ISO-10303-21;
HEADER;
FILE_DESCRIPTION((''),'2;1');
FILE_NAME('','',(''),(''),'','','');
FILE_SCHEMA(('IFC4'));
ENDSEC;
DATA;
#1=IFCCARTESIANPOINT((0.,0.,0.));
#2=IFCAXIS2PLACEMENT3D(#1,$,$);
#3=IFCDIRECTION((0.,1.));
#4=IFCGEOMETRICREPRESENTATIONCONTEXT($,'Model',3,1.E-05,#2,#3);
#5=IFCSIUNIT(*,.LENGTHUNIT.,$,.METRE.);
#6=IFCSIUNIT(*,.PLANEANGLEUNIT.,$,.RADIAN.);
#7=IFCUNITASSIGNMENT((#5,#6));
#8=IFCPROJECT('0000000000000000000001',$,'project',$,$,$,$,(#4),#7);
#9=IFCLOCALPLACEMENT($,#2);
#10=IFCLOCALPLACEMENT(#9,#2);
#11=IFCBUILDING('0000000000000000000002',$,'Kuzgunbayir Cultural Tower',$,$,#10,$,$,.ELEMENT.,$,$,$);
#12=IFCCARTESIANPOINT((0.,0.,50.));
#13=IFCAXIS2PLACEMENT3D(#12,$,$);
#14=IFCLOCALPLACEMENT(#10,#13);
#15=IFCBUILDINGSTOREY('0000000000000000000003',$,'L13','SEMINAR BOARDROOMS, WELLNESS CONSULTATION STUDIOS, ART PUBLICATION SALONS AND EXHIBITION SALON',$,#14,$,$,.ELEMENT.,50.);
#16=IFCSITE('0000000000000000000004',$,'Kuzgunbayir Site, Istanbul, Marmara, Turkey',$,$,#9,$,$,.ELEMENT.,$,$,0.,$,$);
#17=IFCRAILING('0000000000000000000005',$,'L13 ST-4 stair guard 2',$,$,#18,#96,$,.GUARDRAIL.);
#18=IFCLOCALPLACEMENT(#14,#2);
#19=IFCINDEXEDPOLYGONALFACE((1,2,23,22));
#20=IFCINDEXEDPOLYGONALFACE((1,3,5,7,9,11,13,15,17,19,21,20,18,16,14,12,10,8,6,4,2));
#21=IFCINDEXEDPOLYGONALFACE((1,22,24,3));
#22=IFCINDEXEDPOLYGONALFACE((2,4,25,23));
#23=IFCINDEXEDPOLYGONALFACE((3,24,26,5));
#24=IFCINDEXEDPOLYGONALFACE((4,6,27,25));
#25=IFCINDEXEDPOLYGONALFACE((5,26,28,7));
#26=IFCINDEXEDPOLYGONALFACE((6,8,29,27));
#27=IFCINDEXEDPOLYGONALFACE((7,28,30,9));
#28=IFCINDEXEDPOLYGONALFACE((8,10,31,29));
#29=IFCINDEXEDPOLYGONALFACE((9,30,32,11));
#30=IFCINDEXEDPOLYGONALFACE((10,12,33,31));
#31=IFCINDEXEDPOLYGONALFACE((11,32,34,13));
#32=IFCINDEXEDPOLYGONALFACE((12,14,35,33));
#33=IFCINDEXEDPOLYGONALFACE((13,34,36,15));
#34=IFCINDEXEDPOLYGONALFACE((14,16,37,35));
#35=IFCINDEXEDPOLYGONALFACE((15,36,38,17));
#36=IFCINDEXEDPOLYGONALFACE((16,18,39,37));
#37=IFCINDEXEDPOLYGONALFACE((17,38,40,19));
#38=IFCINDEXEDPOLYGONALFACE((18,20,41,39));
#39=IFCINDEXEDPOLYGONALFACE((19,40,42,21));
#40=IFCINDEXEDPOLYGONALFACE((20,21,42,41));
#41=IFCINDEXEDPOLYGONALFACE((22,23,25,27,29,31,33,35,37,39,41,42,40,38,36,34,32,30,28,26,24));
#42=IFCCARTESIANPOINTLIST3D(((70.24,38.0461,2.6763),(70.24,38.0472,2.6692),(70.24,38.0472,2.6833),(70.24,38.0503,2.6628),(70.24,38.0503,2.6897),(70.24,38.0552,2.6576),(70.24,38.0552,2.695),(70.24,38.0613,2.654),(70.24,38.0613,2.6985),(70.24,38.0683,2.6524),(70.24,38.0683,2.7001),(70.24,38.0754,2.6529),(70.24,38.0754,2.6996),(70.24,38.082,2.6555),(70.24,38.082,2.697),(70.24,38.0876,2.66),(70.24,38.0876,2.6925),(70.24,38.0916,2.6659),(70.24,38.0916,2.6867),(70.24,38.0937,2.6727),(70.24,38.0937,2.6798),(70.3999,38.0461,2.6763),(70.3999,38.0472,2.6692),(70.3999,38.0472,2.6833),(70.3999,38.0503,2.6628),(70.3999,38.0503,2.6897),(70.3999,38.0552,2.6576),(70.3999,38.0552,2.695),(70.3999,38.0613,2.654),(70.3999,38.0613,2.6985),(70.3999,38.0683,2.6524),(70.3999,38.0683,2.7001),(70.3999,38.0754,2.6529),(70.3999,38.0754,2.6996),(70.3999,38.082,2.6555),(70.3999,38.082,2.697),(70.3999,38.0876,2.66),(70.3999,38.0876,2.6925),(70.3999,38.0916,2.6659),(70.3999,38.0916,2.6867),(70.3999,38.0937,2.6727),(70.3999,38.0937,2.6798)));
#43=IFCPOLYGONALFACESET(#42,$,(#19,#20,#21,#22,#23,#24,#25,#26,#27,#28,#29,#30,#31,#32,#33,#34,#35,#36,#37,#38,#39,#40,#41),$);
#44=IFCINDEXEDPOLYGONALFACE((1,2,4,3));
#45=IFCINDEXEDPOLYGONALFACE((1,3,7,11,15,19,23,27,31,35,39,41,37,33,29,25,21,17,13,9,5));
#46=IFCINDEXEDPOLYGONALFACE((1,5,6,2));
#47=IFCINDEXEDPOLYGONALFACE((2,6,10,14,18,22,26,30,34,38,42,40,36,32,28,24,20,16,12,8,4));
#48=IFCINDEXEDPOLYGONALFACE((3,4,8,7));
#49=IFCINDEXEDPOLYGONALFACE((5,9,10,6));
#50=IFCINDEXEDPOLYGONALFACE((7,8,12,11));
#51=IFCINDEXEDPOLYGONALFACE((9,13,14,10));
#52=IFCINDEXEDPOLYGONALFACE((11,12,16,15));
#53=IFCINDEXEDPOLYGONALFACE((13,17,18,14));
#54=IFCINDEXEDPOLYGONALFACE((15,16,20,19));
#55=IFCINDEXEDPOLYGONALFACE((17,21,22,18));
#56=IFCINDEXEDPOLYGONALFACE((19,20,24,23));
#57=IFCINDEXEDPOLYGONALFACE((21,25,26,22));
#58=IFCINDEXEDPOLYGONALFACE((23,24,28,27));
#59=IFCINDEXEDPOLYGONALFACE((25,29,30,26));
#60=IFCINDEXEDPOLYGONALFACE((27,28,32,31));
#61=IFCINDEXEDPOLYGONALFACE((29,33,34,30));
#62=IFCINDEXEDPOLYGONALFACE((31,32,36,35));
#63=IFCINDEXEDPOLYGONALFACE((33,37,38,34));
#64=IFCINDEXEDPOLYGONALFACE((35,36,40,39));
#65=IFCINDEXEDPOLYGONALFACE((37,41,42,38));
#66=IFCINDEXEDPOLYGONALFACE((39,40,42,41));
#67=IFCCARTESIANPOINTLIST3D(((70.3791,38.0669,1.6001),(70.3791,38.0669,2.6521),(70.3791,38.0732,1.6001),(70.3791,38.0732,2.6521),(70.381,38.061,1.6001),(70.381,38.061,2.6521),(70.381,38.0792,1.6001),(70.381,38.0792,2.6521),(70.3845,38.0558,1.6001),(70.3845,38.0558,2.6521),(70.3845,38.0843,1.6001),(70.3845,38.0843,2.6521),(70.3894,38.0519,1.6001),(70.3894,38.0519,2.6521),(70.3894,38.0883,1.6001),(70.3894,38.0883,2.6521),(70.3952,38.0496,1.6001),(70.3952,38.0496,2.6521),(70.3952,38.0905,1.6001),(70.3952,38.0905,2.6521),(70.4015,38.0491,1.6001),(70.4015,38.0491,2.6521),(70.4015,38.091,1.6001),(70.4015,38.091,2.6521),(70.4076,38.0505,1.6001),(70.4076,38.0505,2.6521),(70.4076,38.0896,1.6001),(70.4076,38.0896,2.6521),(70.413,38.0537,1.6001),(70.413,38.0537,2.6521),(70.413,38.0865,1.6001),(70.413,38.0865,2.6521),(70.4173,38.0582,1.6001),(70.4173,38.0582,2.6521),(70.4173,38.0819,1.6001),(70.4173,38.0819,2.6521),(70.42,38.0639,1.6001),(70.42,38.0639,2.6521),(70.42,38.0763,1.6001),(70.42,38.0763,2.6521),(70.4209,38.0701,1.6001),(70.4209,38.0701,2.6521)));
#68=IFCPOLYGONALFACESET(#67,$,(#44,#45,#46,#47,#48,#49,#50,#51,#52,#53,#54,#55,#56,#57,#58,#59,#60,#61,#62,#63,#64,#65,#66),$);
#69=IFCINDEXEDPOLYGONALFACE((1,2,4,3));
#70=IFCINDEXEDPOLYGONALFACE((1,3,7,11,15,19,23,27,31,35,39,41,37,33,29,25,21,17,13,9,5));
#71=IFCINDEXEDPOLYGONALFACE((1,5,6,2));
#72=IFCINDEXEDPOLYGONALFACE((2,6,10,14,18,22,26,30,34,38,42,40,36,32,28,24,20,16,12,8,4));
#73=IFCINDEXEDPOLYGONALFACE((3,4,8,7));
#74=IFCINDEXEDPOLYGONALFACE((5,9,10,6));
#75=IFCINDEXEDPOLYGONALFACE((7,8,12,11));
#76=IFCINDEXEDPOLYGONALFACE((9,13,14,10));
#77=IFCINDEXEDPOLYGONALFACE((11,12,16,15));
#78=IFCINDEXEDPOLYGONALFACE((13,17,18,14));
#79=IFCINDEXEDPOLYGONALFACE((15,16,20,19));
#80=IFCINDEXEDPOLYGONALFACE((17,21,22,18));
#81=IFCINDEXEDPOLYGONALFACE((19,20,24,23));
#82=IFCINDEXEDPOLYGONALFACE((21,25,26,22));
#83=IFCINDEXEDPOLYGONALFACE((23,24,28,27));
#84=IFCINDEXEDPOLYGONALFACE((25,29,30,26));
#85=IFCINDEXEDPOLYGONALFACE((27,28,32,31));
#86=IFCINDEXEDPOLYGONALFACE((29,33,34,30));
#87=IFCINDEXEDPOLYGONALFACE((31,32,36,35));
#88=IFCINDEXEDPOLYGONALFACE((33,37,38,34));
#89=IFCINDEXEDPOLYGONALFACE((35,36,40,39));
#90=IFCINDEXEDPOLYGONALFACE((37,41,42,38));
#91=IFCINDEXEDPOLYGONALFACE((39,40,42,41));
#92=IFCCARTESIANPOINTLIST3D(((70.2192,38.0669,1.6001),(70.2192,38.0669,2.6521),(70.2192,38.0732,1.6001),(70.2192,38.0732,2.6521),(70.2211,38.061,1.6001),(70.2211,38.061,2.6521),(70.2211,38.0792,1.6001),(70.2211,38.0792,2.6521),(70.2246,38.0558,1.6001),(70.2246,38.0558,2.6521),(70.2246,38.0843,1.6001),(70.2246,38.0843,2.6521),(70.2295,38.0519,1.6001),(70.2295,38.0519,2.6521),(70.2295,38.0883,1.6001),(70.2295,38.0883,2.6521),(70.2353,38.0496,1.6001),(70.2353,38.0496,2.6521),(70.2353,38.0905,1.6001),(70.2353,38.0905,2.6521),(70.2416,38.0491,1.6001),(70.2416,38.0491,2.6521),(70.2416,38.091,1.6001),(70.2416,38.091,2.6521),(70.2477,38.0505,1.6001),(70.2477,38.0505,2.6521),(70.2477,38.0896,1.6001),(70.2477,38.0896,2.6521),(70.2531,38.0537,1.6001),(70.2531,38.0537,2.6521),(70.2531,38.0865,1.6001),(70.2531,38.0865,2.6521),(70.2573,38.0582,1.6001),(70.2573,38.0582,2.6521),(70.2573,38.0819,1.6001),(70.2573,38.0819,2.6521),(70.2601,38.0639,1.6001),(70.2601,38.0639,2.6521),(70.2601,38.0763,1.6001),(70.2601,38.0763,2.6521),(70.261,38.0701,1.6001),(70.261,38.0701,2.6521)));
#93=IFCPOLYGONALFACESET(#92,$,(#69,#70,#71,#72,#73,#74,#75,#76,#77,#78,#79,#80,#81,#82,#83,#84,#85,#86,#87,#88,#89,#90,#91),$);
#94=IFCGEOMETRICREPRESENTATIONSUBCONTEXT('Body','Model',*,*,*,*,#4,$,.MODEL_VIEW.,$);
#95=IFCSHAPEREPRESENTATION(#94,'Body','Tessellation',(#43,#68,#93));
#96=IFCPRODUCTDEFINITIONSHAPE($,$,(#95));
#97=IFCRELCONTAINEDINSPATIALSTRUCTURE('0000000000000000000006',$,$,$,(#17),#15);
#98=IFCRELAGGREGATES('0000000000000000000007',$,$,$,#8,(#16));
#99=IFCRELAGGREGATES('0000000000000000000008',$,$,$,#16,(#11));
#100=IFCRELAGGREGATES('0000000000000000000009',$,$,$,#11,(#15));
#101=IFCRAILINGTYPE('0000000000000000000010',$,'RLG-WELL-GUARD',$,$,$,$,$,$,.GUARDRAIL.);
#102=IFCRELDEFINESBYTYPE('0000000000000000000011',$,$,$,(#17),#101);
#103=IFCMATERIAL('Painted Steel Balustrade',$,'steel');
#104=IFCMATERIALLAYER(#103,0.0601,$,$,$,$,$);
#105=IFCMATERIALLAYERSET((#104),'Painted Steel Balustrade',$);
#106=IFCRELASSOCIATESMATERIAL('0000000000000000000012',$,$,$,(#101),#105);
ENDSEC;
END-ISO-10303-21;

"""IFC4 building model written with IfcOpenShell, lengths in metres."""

from ifc_helpers import new_model, si_unit, direction, frame, origin, origin_2d, place, context, subcontext, project, spatial, circle, extrude, material, layer, layer_set, type_object, element, save


model = new_model("IFC4")

# Units and contexts
model_context = context("Model", 3, precision=1e-05, world=origin(), true_north=direction((0.0, 1.0)))
body_context = subcontext(model_context, "Body", "Model", "MODEL_VIEW")
ifc_project = project(units=[si_unit("LENGTHUNIT", "METRE"), si_unit("PLANEANGLEUNIT", "RADIAN")], contexts=[model_context])

# Site, building, storey
site_placement = place(None, origin())
site = spatial("IfcSite", under=ifc_project, at=site_placement, Name="Kuzgunbayir Site, Istanbul, Marmara, Turkey", CompositionType="ELEMENT", RefElevation=0.0)
building_placement = place(site_placement, origin())
building = spatial("IfcBuilding", under=site, at=building_placement, Name="Kuzgunbayir Cultural Tower", CompositionType="ELEMENT")
storey_placement = place(building_placement, frame((0.0, 0.0, 50.0)))
storey = spatial("IfcBuildingStorey", under=building, at=storey_placement, Name="L13", Description="SEMINAR BOARDROOMS, WELLNESS CONSULTATION STUDIOS, ART PUBLICATION SALONS AND EXHIBITION SALON", CompositionType="ELEMENT", Elevation=50.0)

# Railing
ifc_material_1 = material(Name="Painted Steel Balustrade", Category="steel")
ifc_layer_1 = layer(ifc_material_1, 0.0601)
ifc_layer_set_1 = layer_set([ifc_layer_1], Name="Painted Steel Balustrade")
railing_type_1 = type_object("IfcRailingType", Name="RLG-WELL-GUARD", PredefinedType="GUARDRAIL", material=ifc_layer_set_1)
railing_1_placement = place(storey_placement, frame((70.3999, 38.0701, 1.6001)))
element("IfcRailing", 1, at=railing_1_placement, inside=storey, type_object=railing_type_1, Name="L13 ST-4 stair guard 2", PredefinedType="GUARDRAIL", context=body_context, shape_type="SweptSolid", body=[
    extrude(circle(Radius=0.0239, at=origin_2d()), frame((0.0, 0.0, 1.0762), z_axis=(-1.0, 0.0, 0.0), x_axis=(0.0, -1.0, 0.0)), (0.0, 0.0, 1.0), 0.1599),
    extrude(circle(Radius=0.021, at=origin_2d()), origin(), (0.0, 0.0, 1.0), 1.052),
    extrude(circle(Radius=0.021, at=origin_2d()), frame((-0.1599, 0.0, 0.0)), (0.0, 0.0, 1.0), 1.052),
])

save(model, "model.ifc")
